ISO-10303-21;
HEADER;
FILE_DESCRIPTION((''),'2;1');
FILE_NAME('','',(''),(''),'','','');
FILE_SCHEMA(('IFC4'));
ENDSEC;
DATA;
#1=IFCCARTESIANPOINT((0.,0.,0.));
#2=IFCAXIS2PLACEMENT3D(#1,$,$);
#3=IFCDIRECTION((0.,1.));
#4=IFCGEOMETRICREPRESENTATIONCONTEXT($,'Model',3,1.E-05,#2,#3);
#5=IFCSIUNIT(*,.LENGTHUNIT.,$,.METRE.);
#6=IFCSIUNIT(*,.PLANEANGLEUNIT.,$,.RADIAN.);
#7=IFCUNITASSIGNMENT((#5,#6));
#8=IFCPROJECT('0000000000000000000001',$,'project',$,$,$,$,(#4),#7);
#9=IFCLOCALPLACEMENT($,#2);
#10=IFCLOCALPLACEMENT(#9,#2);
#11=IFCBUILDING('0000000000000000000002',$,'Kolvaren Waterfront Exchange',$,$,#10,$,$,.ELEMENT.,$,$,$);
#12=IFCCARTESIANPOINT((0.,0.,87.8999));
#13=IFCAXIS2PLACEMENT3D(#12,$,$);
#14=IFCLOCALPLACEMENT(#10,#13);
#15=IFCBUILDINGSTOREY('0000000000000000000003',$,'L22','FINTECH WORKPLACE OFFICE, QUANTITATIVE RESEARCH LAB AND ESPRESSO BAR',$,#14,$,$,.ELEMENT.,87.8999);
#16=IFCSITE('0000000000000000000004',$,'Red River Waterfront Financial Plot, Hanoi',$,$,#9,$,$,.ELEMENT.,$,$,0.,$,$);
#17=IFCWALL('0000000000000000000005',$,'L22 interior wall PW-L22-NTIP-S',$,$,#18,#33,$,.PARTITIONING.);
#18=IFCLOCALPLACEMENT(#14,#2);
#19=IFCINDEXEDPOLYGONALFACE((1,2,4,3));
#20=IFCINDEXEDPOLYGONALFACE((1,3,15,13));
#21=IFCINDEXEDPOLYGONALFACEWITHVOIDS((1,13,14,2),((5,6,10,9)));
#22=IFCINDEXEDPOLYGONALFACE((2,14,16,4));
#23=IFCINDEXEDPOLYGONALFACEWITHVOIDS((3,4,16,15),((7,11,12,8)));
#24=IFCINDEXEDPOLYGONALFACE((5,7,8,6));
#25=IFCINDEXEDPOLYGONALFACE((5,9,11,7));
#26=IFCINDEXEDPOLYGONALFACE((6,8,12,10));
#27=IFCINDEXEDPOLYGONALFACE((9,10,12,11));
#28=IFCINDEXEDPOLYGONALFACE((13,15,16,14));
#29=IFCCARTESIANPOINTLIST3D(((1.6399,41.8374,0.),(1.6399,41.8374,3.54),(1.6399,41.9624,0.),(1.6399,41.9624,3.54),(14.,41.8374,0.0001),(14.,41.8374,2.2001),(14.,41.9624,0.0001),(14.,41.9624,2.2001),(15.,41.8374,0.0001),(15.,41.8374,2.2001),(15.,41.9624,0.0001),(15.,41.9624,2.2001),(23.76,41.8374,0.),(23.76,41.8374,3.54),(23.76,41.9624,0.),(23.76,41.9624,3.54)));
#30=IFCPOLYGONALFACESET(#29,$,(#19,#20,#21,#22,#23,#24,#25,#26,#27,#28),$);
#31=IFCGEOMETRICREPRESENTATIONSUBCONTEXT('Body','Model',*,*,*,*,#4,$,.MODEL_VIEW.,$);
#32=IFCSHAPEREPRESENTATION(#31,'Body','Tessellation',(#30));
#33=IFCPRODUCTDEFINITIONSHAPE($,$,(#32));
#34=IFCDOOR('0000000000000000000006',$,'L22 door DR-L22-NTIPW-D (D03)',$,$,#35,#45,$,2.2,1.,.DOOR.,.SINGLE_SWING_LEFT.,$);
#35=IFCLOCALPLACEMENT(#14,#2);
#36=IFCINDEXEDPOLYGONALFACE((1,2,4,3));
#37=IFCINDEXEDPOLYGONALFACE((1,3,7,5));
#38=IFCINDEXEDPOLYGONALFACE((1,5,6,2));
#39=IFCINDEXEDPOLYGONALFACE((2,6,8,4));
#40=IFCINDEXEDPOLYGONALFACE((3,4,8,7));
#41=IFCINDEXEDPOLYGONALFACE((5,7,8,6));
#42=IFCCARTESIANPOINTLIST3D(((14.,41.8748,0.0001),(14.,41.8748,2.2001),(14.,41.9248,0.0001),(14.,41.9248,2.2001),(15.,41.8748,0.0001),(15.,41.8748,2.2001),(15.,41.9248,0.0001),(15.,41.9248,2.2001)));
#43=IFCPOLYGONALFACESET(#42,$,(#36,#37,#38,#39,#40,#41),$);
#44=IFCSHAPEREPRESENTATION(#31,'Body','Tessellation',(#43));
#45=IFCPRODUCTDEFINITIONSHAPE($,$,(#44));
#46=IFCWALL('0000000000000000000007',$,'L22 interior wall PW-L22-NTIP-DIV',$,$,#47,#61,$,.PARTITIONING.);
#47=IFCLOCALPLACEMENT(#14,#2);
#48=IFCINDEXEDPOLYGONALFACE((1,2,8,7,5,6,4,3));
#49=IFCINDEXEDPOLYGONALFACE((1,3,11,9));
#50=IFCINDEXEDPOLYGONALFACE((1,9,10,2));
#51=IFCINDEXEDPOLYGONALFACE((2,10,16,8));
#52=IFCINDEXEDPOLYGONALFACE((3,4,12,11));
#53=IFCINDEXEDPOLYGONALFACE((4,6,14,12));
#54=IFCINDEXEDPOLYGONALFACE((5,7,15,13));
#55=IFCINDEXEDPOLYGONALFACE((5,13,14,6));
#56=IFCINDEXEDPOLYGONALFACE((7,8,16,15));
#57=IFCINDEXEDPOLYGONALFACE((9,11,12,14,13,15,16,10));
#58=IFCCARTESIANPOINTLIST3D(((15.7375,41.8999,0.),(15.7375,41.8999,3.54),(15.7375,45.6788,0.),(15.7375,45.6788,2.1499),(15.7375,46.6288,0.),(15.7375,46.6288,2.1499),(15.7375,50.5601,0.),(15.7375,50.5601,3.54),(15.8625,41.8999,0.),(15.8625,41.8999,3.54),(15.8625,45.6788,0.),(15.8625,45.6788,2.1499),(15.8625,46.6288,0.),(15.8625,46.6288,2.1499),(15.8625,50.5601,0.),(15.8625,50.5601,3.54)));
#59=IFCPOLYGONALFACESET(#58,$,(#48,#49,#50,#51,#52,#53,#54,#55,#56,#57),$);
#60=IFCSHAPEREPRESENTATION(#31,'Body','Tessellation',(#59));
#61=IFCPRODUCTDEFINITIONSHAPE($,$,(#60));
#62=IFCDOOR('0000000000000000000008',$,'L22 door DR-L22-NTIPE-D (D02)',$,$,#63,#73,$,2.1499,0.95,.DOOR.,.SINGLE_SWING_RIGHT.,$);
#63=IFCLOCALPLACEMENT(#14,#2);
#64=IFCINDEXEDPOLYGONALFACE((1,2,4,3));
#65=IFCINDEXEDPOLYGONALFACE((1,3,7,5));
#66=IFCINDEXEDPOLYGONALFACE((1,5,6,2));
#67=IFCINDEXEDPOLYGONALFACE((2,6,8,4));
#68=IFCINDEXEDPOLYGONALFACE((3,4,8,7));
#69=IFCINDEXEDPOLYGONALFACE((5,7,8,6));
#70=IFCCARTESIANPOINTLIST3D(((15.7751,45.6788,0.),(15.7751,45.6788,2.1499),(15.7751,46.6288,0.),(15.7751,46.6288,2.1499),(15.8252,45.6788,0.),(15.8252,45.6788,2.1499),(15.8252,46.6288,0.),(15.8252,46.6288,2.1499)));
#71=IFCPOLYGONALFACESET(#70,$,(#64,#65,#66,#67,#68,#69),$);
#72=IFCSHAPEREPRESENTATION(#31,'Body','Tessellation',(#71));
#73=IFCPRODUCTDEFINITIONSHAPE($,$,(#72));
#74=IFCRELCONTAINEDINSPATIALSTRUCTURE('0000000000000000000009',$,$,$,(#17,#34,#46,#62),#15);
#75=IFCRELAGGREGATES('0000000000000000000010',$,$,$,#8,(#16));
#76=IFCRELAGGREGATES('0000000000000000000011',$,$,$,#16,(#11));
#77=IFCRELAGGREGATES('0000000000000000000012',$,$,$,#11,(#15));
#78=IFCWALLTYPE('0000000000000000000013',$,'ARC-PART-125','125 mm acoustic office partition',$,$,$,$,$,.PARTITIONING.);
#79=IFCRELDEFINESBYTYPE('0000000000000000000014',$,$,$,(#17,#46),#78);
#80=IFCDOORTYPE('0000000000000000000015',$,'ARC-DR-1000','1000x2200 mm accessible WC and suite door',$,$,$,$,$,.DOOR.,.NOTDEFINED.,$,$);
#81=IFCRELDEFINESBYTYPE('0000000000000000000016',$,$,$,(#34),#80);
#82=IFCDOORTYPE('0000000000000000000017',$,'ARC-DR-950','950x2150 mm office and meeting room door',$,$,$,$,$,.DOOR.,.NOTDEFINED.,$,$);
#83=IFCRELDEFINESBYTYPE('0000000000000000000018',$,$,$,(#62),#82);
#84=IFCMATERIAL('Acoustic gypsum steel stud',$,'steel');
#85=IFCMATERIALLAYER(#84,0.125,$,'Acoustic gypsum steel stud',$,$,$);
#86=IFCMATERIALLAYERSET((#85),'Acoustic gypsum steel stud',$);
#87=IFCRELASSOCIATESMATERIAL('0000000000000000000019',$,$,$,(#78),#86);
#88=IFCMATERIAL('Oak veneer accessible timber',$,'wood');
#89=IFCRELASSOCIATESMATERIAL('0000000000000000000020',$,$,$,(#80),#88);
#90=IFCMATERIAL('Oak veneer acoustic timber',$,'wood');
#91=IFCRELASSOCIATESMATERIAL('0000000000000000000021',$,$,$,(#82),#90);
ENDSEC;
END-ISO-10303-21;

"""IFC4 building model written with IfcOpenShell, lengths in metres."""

from ifc_helpers import new_model, si_unit, direction, frame, frame_2d, origin, place, context, subcontext, project, spatial, rectangle, extrude, material, layer, layer_set, type_object, element, fill, save


model = new_model("IFC4")

# Units and contexts
model_context = context("Model", 3, precision=1e-05, world=origin(), true_north=direction((0.0, 1.0)))
body_context = subcontext(model_context, "Body", "Model", "MODEL_VIEW")
ifc_project = project(units=[si_unit("LENGTHUNIT", "METRE"), si_unit("PLANEANGLEUNIT", "RADIAN")], contexts=[model_context])

# Site, building, storey
site_placement = place(None, origin())
site = spatial("IfcSite", under=ifc_project, at=site_placement, Name="Red River Waterfront Financial Plot, Hanoi", CompositionType="ELEMENT", RefElevation=0.0)
building_placement = place(site_placement, origin())
building = spatial("IfcBuilding", under=site, at=building_placement, Name="Kolvaren Waterfront Exchange", CompositionType="ELEMENT")
storey_placement = place(building_placement, frame((0.0, 0.0, 87.8999)))
storey = spatial("IfcBuildingStorey", under=building, at=storey_placement, Name="L22", Description="FINTECH WORKPLACE OFFICE, QUANTITATIVE RESEARCH LAB AND ESPRESSO BAR", CompositionType="ELEMENT", Elevation=87.8999)

# Walls, openings, doors
ifc_material_1 = material(Name="Acoustic gypsum steel stud", Category="steel")
ifc_layer_1 = layer(ifc_material_1, 0.125, Name="Acoustic gypsum steel stud")
ifc_layer_set_1 = layer_set([ifc_layer_1], Name="Acoustic gypsum steel stud")
wall_type_1 = type_object("IfcWallType", Name="ARC-PART-125", Description="125 mm acoustic office partition", PredefinedType="PARTITIONING", material=ifc_layer_set_1)
wall_1_placement = place(storey_placement, frame((1.6399, 41.8999, 0.0), z_axis=(0.0, 0.0, 1.0), x_axis=(1.0, 0.0, 0.0)))
wall_1 = element("IfcWall", 1, at=wall_1_placement, inside=storey, type_object=wall_type_1, Name="L22 interior wall PW-L22-NTIP-S", PredefinedType="PARTITIONING", context=body_context, shape_type="SweptSolid", body=[
    extrude(rectangle(XDim=22.1201, YDim=0.125, at=frame_2d((11.0601, 0.0))), origin(), (0.0, 0.0, 1.0), 3.54),
])
opening_1_placement = place(wall_1_placement, frame((12.3601, 0.0, 0.0)))
opening_1 = element("IfcOpeningElement", 2, at=opening_1_placement, cuts=wall_1, PredefinedType="OPENING", context=body_context, shape_type="SweptSolid", body=[
    extrude(rectangle(XDim=1.0, YDim=2.2, at=frame_2d((0.5, 1.1001))), frame((0.0, 0.0725, 0.0), z_axis=(0.0, -1.0, 0.0), x_axis=(1.0, 0.0, 0.0)), (0.0, 0.0, 1.0), 0.145),
])
ifc_material_2 = material(Name="Oak veneer accessible timber", Category="wood")
door_type_1 = type_object("IfcDoorType", Name="ARC-DR-1000", Description="1000x2200 mm accessible WC and suite door", OperationType="NOTDEFINED", PredefinedType="DOOR", material=ifc_material_2)
door_1_placement = place(opening_1_placement, origin())
door_1 = element("IfcDoor", 3, at=door_1_placement, inside=storey, type_object=door_type_1, Name="L22 door DR-L22-NTIPW-D (D03)", OperationType="SINGLE_SWING_LEFT", OverallHeight=2.2, OverallWidth=1.0, PredefinedType="DOOR", context=body_context, shape_type="SweptSolid", body=[
    extrude(rectangle(XDim=1.0, YDim=2.2, at=frame_2d((0.5, 1.1001))), frame((0.0, 0.0249, 0.0), z_axis=(0.0, -1.0, 0.0), x_axis=(1.0, 0.0, 0.0)), (0.0, 0.0, 1.0), 0.05),
])
fill(opening_1, door_1)
wall_2_placement = place(storey_placement, frame((15.8, 41.8999, 0.0), z_axis=(0.0, 0.0, 1.0), x_axis=(0.0, 1.0, 0.0)))
wall_2 = element("IfcWall", 4, at=wall_2_placement, inside=storey, type_object=wall_type_1, Name="L22 interior wall PW-L22-NTIP-DIV", PredefinedType="PARTITIONING", context=body_context, shape_type="SweptSolid", body=[
    extrude(rectangle(XDim=8.6602, YDim=0.125, at=frame_2d((4.3301, 0.0))), origin(), (0.0, 0.0, 1.0), 3.54),
])
opening_2_placement = place(wall_2_placement, frame((3.7788, 0.0, 0.0)))
opening_2 = element("IfcOpeningElement", 5, at=opening_2_placement, cuts=wall_2, PredefinedType="OPENING", context=body_context, shape_type="SweptSolid", body=[
    extrude(rectangle(XDim=0.95, YDim=2.1499, at=frame_2d((0.4751, 1.075))), frame((0.0, 0.0725, 0.0), z_axis=(0.0, -1.0, 0.0), x_axis=(1.0, 0.0, 0.0)), (0.0, 0.0, 1.0), 0.145),
])
ifc_material_3 = material(Name="Oak veneer acoustic timber", Category="wood")
door_type_2 = type_object("IfcDoorType", Name="ARC-DR-950", Description="950x2150 mm office and meeting room door", OperationType="NOTDEFINED", PredefinedType="DOOR", material=ifc_material_3)
door_2_placement = place(opening_2_placement, origin())
door_2 = element("IfcDoor", 6, at=door_2_placement, inside=storey, type_object=door_type_2, Name="L22 door DR-L22-NTIPE-D (D02)", OperationType="SINGLE_SWING_RIGHT", OverallHeight=2.1499, OverallWidth=0.95, PredefinedType="DOOR", context=body_context, shape_type="SweptSolid", body=[
    extrude(rectangle(XDim=0.95, YDim=2.1499, at=frame_2d((0.4751, 1.075))), frame((0.0, 0.0249, 0.0), z_axis=(0.0, -1.0, 0.0), x_axis=(1.0, 0.0, 0.0)), (0.0, 0.0, 1.0), 0.05),
])
fill(opening_2, door_2)

save(model, "model.ifc")
